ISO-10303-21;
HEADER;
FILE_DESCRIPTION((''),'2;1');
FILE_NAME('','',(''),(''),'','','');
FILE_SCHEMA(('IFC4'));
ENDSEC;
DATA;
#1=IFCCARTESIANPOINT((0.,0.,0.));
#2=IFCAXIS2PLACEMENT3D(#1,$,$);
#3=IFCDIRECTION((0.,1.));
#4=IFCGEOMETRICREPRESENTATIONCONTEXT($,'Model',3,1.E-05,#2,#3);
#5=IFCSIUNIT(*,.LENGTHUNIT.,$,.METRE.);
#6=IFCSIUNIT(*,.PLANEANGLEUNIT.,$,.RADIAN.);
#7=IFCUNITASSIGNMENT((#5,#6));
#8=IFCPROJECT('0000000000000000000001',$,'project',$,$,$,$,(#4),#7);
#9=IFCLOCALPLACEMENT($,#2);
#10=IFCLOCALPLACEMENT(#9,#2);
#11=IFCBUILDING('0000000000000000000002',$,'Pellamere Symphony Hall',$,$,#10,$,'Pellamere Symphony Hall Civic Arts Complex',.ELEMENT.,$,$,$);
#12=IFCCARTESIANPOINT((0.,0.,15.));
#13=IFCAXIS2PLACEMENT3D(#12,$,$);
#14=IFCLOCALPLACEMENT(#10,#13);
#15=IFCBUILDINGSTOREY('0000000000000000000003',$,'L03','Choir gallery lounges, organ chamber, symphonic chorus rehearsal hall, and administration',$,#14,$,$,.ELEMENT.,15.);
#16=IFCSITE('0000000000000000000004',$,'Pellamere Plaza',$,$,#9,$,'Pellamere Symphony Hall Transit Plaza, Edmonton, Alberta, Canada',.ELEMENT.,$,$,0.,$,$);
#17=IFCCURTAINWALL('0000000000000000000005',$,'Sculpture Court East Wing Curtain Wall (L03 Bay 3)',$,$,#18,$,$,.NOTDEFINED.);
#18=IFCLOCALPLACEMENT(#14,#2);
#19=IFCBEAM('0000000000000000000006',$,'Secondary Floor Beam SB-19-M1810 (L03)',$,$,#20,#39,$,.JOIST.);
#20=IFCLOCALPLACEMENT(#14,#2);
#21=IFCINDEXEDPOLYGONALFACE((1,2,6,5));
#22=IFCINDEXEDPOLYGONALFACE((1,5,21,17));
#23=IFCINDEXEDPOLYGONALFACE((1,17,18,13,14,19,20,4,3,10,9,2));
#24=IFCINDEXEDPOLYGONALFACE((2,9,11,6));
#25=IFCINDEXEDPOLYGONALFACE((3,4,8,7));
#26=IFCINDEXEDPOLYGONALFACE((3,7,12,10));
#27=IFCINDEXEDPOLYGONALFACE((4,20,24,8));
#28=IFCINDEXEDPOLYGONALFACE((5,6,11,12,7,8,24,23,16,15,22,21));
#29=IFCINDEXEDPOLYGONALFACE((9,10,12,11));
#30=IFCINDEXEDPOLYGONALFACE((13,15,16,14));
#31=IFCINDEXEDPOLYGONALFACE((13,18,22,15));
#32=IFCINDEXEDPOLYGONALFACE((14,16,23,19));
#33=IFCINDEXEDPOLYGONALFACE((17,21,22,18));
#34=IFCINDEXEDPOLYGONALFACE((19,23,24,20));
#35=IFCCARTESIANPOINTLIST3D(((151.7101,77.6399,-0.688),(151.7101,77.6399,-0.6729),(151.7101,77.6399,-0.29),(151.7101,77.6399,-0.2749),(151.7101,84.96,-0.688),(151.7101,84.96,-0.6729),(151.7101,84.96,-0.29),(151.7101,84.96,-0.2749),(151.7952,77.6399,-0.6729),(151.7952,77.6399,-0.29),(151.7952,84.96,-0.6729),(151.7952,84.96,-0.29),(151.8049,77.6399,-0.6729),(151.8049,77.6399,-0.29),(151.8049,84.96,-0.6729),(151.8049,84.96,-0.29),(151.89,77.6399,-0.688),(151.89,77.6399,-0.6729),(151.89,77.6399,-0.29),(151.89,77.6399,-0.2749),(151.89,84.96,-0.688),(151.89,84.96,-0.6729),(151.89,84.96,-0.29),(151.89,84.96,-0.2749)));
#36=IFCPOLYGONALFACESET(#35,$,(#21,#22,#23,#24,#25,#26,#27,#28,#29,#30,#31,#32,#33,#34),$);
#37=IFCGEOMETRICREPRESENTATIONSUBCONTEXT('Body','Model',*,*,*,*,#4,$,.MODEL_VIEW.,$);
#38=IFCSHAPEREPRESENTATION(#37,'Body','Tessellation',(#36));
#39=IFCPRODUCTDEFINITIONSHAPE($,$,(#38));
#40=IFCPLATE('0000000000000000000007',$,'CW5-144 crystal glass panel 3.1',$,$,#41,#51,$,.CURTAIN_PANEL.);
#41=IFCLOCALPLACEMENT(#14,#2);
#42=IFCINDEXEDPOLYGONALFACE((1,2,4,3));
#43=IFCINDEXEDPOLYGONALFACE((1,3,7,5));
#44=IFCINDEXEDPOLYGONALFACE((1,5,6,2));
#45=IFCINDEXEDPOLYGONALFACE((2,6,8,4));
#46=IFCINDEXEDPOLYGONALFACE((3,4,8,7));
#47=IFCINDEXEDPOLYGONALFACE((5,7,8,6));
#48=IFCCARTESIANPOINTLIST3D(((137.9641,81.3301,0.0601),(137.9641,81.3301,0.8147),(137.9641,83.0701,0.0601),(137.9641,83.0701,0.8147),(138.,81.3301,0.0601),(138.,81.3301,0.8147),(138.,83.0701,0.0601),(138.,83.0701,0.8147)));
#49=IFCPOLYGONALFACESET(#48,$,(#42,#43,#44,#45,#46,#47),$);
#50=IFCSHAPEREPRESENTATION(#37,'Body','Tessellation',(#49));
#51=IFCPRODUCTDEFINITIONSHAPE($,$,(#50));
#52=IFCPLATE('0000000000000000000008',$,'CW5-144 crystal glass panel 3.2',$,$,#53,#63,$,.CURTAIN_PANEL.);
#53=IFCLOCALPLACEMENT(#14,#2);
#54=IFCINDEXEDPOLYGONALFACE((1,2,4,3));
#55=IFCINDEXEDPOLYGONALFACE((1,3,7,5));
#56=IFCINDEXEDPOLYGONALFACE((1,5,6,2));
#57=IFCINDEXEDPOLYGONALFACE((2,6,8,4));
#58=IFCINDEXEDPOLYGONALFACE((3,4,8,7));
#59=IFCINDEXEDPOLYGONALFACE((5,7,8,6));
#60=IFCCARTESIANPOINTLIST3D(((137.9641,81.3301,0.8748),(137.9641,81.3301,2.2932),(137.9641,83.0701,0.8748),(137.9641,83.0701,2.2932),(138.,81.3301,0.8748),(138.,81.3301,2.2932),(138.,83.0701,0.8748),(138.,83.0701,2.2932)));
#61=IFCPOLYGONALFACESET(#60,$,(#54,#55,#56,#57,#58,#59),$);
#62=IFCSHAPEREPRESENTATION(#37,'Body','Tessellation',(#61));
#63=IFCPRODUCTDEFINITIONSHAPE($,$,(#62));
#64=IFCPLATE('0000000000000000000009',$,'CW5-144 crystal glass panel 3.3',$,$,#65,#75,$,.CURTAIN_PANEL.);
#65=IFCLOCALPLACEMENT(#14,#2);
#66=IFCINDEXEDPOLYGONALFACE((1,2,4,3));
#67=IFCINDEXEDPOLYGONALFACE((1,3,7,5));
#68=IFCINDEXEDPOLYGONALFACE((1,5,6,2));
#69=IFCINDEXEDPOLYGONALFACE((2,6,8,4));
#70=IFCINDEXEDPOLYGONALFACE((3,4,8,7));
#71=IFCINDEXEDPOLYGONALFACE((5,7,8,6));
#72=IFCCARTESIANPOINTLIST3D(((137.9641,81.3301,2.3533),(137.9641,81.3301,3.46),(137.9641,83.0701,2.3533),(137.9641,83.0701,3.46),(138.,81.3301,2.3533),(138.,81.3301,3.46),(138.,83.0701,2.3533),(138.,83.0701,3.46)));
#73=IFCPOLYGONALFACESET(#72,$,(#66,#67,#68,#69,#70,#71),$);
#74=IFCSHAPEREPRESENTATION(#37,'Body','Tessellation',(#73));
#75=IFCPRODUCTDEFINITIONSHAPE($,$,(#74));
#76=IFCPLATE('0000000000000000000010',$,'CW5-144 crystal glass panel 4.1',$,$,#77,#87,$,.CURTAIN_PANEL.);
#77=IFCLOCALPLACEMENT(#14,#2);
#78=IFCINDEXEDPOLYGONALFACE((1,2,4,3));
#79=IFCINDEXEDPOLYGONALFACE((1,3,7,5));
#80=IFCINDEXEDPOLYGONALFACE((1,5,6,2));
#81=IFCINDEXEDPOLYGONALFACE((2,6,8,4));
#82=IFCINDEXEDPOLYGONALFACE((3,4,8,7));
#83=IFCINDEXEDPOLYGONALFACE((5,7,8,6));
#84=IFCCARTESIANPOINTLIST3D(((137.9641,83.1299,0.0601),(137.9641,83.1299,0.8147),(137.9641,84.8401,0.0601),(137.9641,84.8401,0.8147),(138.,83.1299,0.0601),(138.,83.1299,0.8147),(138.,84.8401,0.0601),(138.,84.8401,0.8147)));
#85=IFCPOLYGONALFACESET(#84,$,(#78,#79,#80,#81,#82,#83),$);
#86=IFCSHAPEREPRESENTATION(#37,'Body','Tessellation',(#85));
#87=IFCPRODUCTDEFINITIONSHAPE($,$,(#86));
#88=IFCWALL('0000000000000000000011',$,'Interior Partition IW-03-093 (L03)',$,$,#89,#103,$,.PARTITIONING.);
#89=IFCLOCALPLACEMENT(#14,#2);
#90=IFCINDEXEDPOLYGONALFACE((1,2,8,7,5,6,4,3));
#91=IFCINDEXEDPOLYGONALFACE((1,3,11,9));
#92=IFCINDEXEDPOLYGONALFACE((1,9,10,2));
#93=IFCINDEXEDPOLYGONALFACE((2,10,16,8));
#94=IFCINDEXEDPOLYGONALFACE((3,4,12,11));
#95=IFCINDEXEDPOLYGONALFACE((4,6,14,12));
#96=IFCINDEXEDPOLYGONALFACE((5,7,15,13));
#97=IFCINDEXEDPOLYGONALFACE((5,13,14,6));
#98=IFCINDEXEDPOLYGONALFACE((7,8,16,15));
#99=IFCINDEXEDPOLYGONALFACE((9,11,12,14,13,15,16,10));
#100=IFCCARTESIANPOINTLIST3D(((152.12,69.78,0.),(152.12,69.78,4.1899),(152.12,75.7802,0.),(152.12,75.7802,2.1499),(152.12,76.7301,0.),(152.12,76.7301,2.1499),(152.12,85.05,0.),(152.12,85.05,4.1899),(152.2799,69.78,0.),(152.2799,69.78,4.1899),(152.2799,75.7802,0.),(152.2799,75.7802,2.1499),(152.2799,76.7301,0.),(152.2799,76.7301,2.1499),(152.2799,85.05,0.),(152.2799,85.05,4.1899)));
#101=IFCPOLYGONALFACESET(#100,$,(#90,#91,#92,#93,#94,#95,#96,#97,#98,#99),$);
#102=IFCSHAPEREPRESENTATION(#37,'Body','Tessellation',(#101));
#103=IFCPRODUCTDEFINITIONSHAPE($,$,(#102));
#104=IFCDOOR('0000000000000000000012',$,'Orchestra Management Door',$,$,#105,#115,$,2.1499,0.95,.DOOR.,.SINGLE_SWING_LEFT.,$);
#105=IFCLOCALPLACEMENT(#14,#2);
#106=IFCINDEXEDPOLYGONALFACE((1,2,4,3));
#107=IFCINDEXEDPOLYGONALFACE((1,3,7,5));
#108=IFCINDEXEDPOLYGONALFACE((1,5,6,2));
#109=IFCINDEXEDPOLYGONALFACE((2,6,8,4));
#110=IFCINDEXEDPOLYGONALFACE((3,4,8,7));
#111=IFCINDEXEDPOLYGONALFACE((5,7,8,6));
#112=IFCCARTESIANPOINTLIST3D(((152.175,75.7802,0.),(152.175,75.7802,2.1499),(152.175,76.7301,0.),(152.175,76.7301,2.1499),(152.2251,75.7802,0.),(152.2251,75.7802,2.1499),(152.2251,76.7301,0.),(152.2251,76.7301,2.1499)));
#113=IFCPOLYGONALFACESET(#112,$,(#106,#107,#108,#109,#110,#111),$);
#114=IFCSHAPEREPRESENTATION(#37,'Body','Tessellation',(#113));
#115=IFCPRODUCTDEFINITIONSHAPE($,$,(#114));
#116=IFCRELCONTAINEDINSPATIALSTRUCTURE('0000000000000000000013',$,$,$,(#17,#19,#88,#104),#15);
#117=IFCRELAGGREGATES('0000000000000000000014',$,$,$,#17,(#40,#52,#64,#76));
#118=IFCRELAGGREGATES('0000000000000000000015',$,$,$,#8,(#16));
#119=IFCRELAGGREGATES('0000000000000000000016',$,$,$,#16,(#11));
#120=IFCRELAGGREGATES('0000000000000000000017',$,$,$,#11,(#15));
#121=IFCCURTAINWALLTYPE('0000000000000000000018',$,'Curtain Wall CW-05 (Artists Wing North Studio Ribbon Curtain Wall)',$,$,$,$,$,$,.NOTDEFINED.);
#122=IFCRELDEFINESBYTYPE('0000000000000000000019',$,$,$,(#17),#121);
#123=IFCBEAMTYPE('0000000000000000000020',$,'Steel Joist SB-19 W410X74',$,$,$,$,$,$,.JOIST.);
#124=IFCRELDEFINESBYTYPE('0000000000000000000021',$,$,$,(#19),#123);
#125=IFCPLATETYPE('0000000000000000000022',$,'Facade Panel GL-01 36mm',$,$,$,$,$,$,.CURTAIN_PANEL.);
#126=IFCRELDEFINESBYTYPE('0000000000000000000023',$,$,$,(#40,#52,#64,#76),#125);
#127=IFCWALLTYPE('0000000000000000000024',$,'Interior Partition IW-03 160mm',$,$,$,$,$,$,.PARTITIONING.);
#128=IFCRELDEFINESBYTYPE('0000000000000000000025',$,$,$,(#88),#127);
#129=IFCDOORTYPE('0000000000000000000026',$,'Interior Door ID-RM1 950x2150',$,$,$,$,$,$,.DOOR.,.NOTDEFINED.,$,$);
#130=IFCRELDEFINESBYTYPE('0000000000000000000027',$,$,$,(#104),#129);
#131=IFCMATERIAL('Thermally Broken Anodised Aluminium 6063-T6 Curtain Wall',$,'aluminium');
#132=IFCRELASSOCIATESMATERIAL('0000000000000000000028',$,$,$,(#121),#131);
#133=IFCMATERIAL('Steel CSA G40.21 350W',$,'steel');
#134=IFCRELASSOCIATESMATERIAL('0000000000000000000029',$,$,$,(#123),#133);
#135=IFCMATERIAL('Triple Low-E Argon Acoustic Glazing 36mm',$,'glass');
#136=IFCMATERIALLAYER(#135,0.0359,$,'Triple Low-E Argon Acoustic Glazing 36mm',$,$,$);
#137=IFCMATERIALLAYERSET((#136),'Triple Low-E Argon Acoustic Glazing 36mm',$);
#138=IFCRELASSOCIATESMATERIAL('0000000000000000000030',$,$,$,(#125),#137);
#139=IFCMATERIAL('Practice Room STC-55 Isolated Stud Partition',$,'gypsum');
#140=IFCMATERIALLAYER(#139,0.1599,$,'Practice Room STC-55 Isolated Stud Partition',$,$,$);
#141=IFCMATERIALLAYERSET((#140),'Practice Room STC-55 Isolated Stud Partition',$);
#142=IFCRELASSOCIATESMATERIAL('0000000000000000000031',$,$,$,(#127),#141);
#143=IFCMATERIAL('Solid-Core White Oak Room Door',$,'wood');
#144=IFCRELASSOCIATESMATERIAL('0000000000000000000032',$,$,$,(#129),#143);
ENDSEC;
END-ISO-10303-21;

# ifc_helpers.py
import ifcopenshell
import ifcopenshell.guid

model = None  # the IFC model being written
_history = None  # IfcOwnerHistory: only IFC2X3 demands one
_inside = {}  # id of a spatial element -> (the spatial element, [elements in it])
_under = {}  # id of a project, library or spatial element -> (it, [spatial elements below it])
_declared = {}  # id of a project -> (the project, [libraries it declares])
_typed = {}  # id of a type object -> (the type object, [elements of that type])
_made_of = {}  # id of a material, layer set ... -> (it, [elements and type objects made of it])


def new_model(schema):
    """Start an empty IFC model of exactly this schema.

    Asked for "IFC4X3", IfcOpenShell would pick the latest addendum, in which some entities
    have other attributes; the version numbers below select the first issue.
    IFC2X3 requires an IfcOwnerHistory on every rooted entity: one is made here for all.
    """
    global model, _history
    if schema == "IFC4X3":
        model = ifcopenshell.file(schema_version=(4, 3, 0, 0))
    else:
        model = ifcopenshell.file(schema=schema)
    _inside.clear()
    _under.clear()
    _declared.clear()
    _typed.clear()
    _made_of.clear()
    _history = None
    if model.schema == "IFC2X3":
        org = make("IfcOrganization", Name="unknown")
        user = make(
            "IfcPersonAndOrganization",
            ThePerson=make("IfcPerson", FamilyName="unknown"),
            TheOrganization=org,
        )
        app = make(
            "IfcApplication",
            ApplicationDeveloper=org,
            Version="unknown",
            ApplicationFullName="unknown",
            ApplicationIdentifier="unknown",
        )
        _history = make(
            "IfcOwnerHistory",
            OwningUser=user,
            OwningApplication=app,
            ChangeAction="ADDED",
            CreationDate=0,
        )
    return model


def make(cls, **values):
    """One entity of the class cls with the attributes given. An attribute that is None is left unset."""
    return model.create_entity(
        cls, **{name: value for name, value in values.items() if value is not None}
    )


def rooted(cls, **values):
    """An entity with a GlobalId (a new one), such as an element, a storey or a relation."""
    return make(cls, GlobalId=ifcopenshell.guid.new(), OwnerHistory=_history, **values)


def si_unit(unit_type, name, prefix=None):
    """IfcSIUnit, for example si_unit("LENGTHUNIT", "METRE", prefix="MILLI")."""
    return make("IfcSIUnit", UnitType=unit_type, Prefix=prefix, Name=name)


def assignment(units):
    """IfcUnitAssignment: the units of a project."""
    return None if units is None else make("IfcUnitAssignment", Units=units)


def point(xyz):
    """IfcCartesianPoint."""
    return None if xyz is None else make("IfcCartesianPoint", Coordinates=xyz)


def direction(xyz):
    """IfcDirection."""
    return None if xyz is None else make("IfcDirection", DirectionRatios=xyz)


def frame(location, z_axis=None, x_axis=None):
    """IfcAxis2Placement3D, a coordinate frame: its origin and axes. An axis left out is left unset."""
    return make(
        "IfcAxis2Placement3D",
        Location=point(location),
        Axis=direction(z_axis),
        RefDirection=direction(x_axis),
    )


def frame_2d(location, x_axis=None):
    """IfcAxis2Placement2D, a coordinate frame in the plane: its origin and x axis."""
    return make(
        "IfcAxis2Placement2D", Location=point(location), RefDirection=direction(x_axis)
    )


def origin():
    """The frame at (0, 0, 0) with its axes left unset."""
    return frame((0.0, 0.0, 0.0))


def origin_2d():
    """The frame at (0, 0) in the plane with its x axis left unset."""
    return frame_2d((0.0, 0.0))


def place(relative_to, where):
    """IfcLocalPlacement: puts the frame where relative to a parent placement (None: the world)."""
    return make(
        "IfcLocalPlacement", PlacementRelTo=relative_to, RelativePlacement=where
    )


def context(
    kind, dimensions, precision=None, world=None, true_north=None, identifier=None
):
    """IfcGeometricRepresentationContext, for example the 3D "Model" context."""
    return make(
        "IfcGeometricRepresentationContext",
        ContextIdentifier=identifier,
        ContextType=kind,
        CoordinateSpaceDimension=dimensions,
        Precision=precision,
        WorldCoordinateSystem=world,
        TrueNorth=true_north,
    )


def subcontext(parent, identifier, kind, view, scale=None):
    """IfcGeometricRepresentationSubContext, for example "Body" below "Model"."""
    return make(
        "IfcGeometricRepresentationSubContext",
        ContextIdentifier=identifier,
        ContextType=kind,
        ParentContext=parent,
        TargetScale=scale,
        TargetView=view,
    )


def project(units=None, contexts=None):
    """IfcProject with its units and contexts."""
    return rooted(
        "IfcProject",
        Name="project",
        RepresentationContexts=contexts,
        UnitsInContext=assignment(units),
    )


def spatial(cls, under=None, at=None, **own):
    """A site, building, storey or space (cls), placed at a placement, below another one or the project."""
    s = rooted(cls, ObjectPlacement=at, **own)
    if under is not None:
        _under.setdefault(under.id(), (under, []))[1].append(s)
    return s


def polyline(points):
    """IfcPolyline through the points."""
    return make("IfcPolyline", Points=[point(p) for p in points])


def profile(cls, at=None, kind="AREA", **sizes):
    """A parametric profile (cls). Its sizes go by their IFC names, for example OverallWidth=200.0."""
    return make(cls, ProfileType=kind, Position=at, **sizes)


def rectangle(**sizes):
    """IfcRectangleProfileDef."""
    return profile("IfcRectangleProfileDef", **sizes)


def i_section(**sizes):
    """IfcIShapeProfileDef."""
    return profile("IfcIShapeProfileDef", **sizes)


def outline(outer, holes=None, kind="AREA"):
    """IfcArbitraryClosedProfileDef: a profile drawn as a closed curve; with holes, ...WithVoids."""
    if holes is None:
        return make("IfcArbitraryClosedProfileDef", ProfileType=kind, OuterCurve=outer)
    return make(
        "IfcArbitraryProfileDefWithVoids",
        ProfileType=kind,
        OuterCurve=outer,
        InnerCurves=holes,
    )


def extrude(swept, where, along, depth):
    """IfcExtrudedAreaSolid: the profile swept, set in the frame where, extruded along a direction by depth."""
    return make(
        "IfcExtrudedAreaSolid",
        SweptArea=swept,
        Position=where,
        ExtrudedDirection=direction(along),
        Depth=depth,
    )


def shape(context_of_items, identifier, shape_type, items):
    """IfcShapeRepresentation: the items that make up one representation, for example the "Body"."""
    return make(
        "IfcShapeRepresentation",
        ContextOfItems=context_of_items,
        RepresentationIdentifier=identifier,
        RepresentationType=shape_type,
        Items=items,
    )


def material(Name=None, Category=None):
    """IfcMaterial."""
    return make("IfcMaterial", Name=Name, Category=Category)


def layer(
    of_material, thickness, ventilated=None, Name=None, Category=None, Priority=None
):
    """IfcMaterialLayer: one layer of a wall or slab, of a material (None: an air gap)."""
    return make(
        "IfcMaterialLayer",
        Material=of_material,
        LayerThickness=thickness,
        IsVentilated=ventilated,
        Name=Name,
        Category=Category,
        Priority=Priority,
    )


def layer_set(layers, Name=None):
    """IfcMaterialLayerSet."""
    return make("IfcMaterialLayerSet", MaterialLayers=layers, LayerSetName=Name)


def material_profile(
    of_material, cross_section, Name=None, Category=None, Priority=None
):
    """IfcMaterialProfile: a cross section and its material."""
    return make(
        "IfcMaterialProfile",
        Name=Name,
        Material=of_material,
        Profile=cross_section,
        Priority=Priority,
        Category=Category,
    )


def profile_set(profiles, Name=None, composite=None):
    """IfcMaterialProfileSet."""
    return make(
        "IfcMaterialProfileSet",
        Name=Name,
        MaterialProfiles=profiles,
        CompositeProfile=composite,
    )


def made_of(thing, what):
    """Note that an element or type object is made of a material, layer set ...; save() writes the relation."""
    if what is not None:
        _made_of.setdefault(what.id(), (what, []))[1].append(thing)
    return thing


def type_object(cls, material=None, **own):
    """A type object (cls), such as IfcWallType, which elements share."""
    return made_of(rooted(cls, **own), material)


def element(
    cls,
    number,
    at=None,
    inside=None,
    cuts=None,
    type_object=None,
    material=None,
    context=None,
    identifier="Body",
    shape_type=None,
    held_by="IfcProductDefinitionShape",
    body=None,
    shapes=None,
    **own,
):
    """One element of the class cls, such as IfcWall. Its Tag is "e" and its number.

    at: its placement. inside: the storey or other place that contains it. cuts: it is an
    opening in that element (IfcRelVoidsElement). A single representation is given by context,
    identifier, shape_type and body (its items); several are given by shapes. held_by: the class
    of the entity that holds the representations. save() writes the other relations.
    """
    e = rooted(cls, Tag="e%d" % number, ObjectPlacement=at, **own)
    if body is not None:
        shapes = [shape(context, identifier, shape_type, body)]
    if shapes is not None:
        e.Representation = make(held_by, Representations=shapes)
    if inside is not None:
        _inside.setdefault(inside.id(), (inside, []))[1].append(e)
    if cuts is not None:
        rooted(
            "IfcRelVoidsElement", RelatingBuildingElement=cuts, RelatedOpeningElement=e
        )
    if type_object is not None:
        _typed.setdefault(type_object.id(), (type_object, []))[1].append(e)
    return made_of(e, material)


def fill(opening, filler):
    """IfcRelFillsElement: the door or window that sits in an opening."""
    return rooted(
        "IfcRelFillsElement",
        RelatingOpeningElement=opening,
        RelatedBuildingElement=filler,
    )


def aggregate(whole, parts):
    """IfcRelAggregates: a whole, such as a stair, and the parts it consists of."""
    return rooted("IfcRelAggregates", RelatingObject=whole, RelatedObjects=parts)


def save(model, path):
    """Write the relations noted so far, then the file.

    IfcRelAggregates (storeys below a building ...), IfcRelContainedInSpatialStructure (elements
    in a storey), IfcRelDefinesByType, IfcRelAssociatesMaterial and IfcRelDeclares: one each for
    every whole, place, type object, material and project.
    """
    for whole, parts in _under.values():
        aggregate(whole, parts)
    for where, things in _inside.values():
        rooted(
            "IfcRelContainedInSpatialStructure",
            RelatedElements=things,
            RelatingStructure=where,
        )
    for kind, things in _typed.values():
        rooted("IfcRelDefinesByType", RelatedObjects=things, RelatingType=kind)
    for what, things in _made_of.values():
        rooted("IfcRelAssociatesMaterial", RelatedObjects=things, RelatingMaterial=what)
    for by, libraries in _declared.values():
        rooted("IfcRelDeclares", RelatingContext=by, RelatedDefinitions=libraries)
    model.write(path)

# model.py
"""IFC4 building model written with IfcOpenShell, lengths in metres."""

from ifc_helpers import new_model, si_unit, direction, frame, frame_2d, origin, origin_2d, place, context, subcontext, project, spatial, polyline, rectangle, i_section, outline, extrude, material, layer, layer_set, material_profile, profile_set, type_object, element, fill, aggregate, save


model = new_model("IFC4")

# Units and contexts
model_context = context("Model", 3, precision=1e-05, world=origin(), true_north=direction((0.0, 1.0)))
body_context = subcontext(model_context, "Body", "Model", "MODEL_VIEW")
ifc_project = project(units=[si_unit("LENGTHUNIT", "METRE"), si_unit("PLANEANGLEUNIT", "RADIAN")], contexts=[model_context])

# Site, building, storey
site_placement = place(None, origin())
site = spatial("IfcSite", under=ifc_project, at=site_placement, Name="Pellamere Plaza", LongName="Pellamere Symphony Hall Transit Plaza, Edmonton, Alberta, Canada", CompositionType="ELEMENT", RefElevation=0.0)
building_placement = place(site_placement, origin())
building = spatial("IfcBuilding", under=site, at=building_placement, Name="Pellamere Symphony Hall", LongName="Pellamere Symphony Hall Civic Arts Complex", CompositionType="ELEMENT")
storey_placement = place(building_placement, frame((0.0, 0.0, 15.0)))
storey = spatial("IfcBuildingStorey", under=building, at=storey_placement, Name="L03", Description="Choir gallery lounges, organ chamber, symphonic chorus rehearsal hall, and administration", CompositionType="ELEMENT", Elevation=15.0)

# Curtain wall
ifc_material_1 = material(Name="Thermally Broken Anodised Aluminium 6063-T6 Curtain Wall", Category="aluminium")
curtain_wall_type = type_object("IfcCurtainWallType", Name="Curtain Wall CW-05 (Artists Wing North Studio Ribbon Curtain Wall)", PredefinedType="NOTDEFINED", material=ifc_material_1)
curtain_wall_placement = place(storey_placement, origin())
curtain_wall = element("IfcCurtainWall", 1, at=curtain_wall_placement, inside=storey, type_object=curtain_wall_type, Name="Sculpture Court East Wing Curtain Wall (L03 Bay 3)", PredefinedType="NOTDEFINED")

# Beam
ifc_material_2 = material(Name="Steel CSA G40.21 350W", Category="steel")
ifc_material_profile_1 = material_profile(ifc_material_2, i_section(OverallWidth=0.1799, OverallDepth=0.4131, WebThickness=0.0098, FlangeThickness=0.0151, at=origin_2d()), Name="W410X74")
ifc_profile_set_1 = profile_set([ifc_material_profile_1], Name="Steel CSA G40.21 350W")
beam_type_1 = type_object("IfcBeamType", Name="Steel Joist SB-19 W410X74", PredefinedType="JOIST", material=ifc_profile_set_1)
beam_1_placement = place(storey_placement, frame((151.8, 77.6399, -0.4814), z_axis=(0.0, 1.0, 0.0), x_axis=(-1.0, 0.0, 0.0)))
element("IfcBeam", 2, at=beam_1_placement, inside=storey, type_object=beam_type_1, Name="Secondary Floor Beam SB-19-M1810 (L03)", PredefinedType="JOIST", context=body_context, shape_type="SweptSolid", body=[
    extrude(i_section(OverallWidth=0.1799, OverallDepth=0.4131, WebThickness=0.0098, FlangeThickness=0.0151, at=origin_2d()), origin(), (0.0, 0.0, 1.0), 7.3201),
])

# Plates
ifc_material_3 = material(Name="Triple Low-E Argon Acoustic Glazing 36mm", Category="glass")
ifc_layer_1 = layer(ifc_material_3, 0.0359, Name="Triple Low-E Argon Acoustic Glazing 36mm")
ifc_layer_set_1 = layer_set([ifc_layer_1], Name="Triple Low-E Argon Acoustic Glazing 36mm")
plate_type = type_object("IfcPlateType", Name="Facade Panel GL-01 36mm", PredefinedType="CURTAIN_PANEL", material=ifc_layer_set_1)
plate_1_placement = place(storey_placement, frame((138.0, 81.3301, 0.0601), z_axis=(1.0, 0.0, 0.0), x_axis=(0.0, 1.0, 0.0)))
plate_1 = element("IfcPlate", 3, at=plate_1_placement, type_object=plate_type, Name="CW5-144 crystal glass panel 3.1", PredefinedType="CURTAIN_PANEL", context=body_context, shape_type="SweptSolid", body=[
    extrude(outline(polyline([(0.0, 0.0), (1.74, 0.0), (1.74, 0.7546), (0.0, 0.7546), (0.0, 0.0)])), origin(), (0.0, 0.0, -1.0), 0.0359),
])
plate_2_placement = place(storey_placement, frame((138.0, 81.3301, 0.8748), z_axis=(1.0, 0.0, 0.0), x_axis=(0.0, 1.0, 0.0)))
plate_2 = element("IfcPlate", 4, at=plate_2_placement, type_object=plate_type, Name="CW5-144 crystal glass panel 3.2", PredefinedType="CURTAIN_PANEL", context=body_context, shape_type="SweptSolid", body=[
    extrude(outline(polyline([(0.0, 0.0), (1.74, 0.0), (1.74, 1.4185), (0.0, 1.4185), (0.0, 0.0)])), origin(), (0.0, 0.0, -1.0), 0.0359),
])
plate_3_placement = place(storey_placement, frame((138.0, 81.3301, 2.3533), z_axis=(1.0, 0.0, 0.0), x_axis=(0.0, 1.0, 0.0)))
plate_3 = element("IfcPlate", 5, at=plate_3_placement, type_object=plate_type, Name="CW5-144 crystal glass panel 3.3", PredefinedType="CURTAIN_PANEL", context=body_context, shape_type="SweptSolid", body=[
    extrude(outline(polyline([(0.0, 0.0), (1.74, 0.0), (1.74, 1.1067), (0.0, 1.1067), (0.0, 0.0)])), origin(), (0.0, 0.0, -1.0), 0.0359),
])
plate_4_placement = place(storey_placement, frame((138.0, 83.1299, 0.0601), z_axis=(1.0, 0.0, 0.0), x_axis=(0.0, 1.0, 0.0)))
plate_4 = element("IfcPlate", 6, at=plate_4_placement, type_object=plate_type, Name="CW5-144 crystal glass panel 4.1", PredefinedType="CURTAIN_PANEL", context=body_context, shape_type="SweptSolid", body=[
    extrude(outline(polyline([(0.0, 0.0), (1.7102, 0.0), (1.7102, 0.7546), (0.0, 0.7546), (0.0, 0.0)])), origin(), (0.0, 0.0, -1.0), 0.0359),
])
aggregate(curtain_wall, [plate_1, plate_2, plate_3, plate_4])

# Wall, opening, door
ifc_material_4 = material(Name="Practice Room STC-55 Isolated Stud Partition", Category="gypsum")
ifc_layer_2 = layer(ifc_material_4, 0.1599, Name="Practice Room STC-55 Isolated Stud Partition")
ifc_layer_set_2 = layer_set([ifc_layer_2], Name="Practice Room STC-55 Isolated Stud Partition")
wall_type = type_object("IfcWallType", Name="Interior Partition IW-03 160mm", PredefinedType="PARTITIONING", material=ifc_layer_set_2)
wall_placement = place(storey_placement, frame((152.2, 69.78, 0.0), z_axis=(0.0, 0.0, 1.0), x_axis=(0.0, 1.0, 0.0)))
wall = element("IfcWall", 7, at=wall_placement, inside=storey, type_object=wall_type, Name="Interior Partition IW-03-093 (L03)", PredefinedType="PARTITIONING", context=body_context, shape_type="SweptSolid", body=[
    extrude(rectangle(XDim=15.27, YDim=0.1599, at=frame_2d((7.635, 0.0))), origin(), (0.0, 0.0, 1.0), 4.1899),
])
opening_placement = place(wall_placement, frame((6.0, 0.0, 0.0)))
opening = element("IfcOpeningElement", 8, at=opening_placement, cuts=wall, PredefinedType="OPENING", context=body_context, shape_type="SweptSolid", body=[
    extrude(rectangle(XDim=0.95, YDim=2.1499, at=frame_2d((0.4751, 1.075))), frame((0.0, 0.0898, 0.0), z_axis=(0.0, -1.0, 0.0), x_axis=(1.0, 0.0, 0.0)), (0.0, 0.0, 1.0), 0.1799),
])
ifc_material_5 = material(Name="Solid-Core White Oak Room Door", Category="wood")
door_type = type_object("IfcDoorType", Name="Interior Door ID-RM1 950x2150", OperationType="NOTDEFINED", PredefinedType="DOOR", material=ifc_material_5)
door_placement = place(opening_placement, origin())
door = element("IfcDoor", 9, at=door_placement, inside=storey, type_object=door_type, Name="Orchestra Management Door", OperationType="SINGLE_SWING_LEFT", OverallHeight=2.1499, OverallWidth=0.95, PredefinedType="DOOR", context=body_context, shape_type="SweptSolid", body=[
    extrude(rectangle(XDim=0.95, YDim=2.1499, at=frame_2d((0.4751, 1.075))), frame((0.0, 0.0249, 0.0), z_axis=(0.0, -1.0, 0.0), x_axis=(1.0, 0.0, 0.0)), (0.0, 0.0, 1.0), 0.05),
])
fill(opening, door)

save(model, "model.ifc")
